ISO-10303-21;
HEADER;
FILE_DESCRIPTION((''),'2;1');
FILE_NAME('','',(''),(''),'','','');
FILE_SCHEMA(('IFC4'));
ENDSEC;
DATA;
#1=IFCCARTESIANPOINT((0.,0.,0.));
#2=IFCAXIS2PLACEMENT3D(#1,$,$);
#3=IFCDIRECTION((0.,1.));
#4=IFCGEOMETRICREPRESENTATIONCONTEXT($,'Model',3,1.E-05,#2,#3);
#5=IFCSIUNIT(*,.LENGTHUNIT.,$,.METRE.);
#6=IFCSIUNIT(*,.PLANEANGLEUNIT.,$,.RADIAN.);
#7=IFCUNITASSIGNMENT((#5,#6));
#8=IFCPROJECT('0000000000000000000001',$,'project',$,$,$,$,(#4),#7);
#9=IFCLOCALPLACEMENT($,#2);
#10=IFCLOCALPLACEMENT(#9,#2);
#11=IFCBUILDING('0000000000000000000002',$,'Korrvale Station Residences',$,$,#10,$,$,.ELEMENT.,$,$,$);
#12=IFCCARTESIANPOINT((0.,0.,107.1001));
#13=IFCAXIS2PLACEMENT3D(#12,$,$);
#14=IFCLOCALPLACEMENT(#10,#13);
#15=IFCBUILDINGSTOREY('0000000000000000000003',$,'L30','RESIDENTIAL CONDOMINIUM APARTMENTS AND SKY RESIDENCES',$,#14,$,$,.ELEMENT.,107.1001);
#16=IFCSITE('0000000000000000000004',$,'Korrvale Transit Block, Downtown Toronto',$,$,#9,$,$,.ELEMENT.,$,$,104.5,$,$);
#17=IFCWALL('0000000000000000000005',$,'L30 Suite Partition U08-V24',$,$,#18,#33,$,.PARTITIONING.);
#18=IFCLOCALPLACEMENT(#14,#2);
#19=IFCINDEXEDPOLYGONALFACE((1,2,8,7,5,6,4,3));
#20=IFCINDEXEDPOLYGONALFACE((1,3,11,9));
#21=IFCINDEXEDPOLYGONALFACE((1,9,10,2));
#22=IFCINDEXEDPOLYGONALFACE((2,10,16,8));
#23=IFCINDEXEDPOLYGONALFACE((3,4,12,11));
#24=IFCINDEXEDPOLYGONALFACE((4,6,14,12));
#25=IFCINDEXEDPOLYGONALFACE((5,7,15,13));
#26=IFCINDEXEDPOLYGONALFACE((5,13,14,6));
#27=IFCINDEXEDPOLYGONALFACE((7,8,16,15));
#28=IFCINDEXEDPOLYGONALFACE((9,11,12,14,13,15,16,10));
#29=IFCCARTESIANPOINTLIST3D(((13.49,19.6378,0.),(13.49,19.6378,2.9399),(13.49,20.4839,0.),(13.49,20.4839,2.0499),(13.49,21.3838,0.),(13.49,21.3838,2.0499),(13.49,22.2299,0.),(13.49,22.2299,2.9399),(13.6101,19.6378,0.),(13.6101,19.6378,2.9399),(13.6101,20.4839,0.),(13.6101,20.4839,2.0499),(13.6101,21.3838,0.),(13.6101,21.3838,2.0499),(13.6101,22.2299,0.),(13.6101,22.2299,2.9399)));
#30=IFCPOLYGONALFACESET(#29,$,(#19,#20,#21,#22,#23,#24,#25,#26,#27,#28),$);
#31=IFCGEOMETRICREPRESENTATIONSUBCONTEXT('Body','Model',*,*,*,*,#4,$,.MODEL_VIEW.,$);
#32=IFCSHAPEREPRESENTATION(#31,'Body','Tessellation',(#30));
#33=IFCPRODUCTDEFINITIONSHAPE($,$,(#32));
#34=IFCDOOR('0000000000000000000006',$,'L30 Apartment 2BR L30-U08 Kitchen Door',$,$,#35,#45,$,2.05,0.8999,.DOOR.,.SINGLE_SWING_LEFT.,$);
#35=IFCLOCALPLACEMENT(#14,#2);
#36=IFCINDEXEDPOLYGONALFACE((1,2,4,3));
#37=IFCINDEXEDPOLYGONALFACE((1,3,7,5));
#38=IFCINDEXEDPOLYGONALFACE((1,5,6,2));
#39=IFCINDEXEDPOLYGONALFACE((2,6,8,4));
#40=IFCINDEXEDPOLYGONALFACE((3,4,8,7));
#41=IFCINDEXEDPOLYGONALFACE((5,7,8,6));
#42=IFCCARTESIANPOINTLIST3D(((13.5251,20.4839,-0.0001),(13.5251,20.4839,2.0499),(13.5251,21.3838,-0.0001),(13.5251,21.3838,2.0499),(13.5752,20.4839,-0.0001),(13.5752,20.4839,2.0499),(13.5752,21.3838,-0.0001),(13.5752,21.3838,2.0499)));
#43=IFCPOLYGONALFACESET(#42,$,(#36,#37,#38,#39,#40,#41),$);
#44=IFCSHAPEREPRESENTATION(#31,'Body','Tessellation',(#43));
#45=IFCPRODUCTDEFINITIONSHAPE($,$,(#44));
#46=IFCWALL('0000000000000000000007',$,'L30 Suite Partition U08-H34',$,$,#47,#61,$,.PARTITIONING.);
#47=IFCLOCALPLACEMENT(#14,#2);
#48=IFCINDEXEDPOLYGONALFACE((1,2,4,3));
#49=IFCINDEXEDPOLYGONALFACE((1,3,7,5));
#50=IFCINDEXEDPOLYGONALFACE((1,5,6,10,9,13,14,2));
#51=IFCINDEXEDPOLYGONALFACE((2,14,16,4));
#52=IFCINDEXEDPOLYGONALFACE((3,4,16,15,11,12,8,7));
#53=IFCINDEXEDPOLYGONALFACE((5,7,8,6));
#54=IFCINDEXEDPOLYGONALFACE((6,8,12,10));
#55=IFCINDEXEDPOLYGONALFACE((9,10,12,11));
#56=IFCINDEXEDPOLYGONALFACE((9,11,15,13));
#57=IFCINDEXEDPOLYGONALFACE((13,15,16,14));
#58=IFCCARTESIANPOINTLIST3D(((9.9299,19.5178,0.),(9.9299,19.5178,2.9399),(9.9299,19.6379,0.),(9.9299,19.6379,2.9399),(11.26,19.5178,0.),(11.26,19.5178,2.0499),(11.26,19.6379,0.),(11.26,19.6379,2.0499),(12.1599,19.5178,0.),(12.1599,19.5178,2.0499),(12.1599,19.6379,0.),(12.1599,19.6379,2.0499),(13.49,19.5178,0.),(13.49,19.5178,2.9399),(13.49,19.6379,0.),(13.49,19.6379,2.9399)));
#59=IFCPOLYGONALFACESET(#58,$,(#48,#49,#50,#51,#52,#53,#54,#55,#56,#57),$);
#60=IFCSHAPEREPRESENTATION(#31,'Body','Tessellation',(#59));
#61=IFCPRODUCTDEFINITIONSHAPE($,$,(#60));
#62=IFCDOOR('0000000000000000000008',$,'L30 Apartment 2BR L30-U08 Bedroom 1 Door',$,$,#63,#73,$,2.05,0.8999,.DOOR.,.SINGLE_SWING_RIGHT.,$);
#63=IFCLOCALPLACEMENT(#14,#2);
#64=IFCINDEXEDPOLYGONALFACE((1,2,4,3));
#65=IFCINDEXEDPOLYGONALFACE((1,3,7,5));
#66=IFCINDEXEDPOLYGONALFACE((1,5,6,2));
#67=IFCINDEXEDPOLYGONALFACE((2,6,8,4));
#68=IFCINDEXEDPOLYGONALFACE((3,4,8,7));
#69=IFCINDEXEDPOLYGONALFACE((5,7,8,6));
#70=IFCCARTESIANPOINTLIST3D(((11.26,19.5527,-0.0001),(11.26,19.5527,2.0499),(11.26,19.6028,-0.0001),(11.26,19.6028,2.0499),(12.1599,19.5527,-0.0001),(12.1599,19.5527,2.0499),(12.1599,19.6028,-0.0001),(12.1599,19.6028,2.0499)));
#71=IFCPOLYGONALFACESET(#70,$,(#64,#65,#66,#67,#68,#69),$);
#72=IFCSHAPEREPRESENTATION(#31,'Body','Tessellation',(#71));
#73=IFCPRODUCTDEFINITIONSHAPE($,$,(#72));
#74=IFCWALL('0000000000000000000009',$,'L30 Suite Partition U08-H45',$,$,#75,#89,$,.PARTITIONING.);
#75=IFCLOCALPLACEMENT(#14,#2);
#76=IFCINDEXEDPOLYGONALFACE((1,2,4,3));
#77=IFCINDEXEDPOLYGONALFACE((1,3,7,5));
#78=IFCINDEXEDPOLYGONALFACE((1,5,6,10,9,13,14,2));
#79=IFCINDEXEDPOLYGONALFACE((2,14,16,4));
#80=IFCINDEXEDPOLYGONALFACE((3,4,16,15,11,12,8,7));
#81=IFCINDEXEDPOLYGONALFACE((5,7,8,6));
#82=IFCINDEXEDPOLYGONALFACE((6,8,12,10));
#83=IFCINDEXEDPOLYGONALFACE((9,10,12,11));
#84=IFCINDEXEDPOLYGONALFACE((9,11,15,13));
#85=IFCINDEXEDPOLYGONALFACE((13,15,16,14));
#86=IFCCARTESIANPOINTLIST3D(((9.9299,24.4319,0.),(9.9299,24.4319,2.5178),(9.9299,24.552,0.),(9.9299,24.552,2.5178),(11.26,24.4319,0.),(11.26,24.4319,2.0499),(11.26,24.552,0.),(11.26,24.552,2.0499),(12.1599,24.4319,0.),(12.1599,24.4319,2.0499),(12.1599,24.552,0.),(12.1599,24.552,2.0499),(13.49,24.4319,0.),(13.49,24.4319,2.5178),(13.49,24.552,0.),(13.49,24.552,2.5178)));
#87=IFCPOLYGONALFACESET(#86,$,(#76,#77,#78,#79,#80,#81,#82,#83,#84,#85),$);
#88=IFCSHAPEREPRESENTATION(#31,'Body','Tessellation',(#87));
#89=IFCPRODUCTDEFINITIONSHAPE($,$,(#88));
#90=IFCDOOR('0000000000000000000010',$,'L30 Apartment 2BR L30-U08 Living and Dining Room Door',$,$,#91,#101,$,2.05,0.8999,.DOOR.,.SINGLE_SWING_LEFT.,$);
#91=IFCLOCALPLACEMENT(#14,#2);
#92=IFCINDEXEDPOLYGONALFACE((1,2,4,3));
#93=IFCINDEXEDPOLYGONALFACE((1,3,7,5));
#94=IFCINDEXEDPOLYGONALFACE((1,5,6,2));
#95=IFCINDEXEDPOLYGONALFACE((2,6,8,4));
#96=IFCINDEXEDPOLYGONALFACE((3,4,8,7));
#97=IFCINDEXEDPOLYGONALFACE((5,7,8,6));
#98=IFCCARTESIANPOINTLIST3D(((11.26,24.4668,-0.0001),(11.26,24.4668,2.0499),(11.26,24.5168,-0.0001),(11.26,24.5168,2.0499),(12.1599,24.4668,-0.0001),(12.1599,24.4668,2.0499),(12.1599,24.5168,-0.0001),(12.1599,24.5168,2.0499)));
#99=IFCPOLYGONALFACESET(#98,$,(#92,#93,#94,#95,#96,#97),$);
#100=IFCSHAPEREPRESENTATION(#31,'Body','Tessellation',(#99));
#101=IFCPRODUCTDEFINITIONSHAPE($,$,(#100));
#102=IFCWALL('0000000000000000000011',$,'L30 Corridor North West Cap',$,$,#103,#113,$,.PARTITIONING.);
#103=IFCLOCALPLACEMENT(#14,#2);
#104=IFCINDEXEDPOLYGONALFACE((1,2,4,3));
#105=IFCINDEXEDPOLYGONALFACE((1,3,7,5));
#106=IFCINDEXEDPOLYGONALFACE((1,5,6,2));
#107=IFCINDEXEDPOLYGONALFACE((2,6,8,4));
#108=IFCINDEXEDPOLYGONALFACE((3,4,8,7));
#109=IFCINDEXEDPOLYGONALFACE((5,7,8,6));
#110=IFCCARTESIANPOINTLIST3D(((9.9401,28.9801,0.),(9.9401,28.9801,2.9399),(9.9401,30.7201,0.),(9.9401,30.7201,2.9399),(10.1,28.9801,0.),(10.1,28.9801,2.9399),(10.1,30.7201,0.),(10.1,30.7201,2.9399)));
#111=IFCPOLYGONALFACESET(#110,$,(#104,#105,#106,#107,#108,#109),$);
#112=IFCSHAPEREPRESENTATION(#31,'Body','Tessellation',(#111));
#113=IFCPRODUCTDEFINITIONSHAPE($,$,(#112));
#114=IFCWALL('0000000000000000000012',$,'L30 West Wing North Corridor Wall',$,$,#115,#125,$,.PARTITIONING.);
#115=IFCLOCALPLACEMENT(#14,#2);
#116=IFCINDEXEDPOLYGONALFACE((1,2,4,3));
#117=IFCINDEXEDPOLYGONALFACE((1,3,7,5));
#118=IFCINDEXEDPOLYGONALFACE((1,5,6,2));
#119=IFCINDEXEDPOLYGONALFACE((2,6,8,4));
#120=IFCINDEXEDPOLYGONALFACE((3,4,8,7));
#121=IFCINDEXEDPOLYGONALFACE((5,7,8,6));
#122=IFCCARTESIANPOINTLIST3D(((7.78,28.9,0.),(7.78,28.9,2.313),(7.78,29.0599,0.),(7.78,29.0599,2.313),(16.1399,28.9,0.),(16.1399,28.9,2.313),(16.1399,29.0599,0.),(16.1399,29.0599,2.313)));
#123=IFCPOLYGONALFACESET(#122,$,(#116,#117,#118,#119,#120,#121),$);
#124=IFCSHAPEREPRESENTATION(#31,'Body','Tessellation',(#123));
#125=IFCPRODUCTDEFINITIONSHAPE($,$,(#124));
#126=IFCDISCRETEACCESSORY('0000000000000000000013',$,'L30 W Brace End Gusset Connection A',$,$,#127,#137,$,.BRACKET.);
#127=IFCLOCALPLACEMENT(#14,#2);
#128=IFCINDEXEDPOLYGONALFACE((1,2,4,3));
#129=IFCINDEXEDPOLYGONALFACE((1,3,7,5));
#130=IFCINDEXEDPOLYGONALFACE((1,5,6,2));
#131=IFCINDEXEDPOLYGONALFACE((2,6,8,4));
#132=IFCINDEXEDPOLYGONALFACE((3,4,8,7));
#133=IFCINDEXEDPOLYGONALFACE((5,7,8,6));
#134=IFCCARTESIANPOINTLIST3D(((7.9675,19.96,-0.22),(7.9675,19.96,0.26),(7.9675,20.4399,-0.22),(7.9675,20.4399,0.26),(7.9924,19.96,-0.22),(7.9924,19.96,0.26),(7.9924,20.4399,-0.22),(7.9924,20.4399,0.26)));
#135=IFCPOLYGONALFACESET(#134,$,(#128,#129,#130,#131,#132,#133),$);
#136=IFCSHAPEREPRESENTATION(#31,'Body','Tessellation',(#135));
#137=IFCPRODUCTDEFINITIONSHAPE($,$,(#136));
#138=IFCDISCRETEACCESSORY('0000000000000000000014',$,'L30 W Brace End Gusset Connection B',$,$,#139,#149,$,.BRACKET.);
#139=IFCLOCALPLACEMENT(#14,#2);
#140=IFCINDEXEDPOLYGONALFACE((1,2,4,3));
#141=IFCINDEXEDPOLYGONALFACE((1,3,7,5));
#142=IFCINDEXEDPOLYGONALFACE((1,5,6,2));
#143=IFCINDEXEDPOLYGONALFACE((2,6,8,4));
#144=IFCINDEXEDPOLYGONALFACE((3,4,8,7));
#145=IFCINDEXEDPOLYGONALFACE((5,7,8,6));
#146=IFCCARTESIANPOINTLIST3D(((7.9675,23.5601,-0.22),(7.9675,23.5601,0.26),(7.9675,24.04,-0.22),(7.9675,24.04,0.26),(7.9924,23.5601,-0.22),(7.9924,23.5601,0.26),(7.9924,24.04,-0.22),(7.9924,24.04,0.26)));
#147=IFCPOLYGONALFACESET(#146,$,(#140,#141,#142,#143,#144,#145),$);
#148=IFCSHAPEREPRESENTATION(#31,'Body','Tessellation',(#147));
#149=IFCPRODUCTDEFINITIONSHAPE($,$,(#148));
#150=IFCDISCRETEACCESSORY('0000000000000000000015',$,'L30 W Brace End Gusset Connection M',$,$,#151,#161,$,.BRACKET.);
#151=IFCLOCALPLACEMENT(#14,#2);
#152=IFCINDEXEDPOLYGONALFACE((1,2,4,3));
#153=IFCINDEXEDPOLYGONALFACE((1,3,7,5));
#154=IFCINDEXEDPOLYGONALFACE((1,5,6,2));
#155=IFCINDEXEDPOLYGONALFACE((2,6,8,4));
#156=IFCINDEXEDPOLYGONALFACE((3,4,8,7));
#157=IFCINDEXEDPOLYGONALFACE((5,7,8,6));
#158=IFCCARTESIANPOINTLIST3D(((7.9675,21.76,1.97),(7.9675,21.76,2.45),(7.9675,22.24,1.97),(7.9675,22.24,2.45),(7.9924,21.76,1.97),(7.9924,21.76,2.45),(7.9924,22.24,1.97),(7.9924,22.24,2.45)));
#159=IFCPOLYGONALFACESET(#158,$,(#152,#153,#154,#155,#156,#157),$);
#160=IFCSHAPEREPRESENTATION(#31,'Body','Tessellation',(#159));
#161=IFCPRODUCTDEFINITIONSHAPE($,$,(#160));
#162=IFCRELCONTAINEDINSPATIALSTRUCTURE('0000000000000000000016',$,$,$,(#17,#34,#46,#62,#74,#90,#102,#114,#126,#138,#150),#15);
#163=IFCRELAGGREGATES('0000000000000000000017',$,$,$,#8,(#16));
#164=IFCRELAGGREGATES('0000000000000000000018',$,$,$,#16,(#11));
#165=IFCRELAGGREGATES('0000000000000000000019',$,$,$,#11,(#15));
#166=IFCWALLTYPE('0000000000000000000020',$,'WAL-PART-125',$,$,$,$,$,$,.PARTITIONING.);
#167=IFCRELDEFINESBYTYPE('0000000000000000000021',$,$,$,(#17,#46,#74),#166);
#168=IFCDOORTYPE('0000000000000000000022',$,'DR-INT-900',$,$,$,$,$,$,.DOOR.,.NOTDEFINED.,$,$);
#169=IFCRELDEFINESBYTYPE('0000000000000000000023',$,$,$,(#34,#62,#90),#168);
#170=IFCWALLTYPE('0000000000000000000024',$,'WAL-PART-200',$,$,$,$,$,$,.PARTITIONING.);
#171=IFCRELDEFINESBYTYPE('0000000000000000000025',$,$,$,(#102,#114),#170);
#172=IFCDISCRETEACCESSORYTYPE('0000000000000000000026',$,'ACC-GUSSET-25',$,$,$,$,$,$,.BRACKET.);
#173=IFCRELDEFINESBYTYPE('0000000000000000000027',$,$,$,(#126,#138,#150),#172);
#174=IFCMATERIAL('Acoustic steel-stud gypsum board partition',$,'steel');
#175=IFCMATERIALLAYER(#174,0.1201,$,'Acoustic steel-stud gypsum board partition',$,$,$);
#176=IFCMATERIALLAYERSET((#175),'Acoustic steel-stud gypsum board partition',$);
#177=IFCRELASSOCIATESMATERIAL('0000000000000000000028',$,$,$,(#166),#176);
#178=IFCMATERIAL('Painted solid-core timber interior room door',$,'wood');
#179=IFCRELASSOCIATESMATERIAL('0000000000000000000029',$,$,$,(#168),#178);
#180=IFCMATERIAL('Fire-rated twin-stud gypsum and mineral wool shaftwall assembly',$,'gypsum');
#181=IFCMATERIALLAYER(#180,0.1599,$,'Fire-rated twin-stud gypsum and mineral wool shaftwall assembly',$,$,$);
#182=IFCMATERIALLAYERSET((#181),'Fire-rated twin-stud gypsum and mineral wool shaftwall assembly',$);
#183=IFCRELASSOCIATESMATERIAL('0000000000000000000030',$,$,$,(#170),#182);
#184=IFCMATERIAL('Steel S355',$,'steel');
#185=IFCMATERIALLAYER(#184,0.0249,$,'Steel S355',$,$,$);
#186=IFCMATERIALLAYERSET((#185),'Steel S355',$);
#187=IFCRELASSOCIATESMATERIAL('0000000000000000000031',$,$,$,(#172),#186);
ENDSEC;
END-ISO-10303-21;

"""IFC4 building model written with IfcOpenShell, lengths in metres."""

from ifc_helpers import new_model, si_unit, direction, frame, frame_2d, origin, origin_2d, place, context, subcontext, project, spatial, rectangle, extrude, material, layer, layer_set, type_object, element, fill, save


model = new_model("IFC4")

# Units and contexts
model_context = context("Model", 3, precision=1e-05, world=origin(), true_north=direction((0.0, 1.0)))
body_context = subcontext(model_context, "Body", "Model", "MODEL_VIEW")
ifc_project = project(units=[si_unit("LENGTHUNIT", "METRE"), si_unit("PLANEANGLEUNIT", "RADIAN")], contexts=[model_context])

# Site, building, storey
site_placement = place(None, origin())
site = spatial("IfcSite", under=ifc_project, at=site_placement, Name="Korrvale Transit Block, Downtown Toronto", CompositionType="ELEMENT", RefElevation=104.5)
building_placement = place(site_placement, origin())
building = spatial("IfcBuilding", under=site, at=building_placement, Name="Korrvale Station Residences", CompositionType="ELEMENT")
storey_placement = place(building_placement, frame((0.0, 0.0, 107.1001)))
storey = spatial("IfcBuildingStorey", under=building, at=storey_placement, Name="L30", Description="RESIDENTIAL CONDOMINIUM APARTMENTS AND SKY RESIDENCES", CompositionType="ELEMENT", Elevation=107.1001)

# Shared definitions
ifc_material_1 = material(Name="Steel S355", Category="steel")

# Walls, openings, doors
ifc_material_2 = material(Name="Acoustic steel-stud gypsum board partition", Category="steel")
ifc_layer_1 = layer(ifc_material_2, 0.1201, Name="Acoustic steel-stud gypsum board partition")
ifc_layer_set_1 = layer_set([ifc_layer_1], Name="Acoustic steel-stud gypsum board partition")
wall_type_1 = type_object("IfcWallType", Name="WAL-PART-125", PredefinedType="PARTITIONING", material=ifc_layer_set_1)
ifc_material_3 = material(Name="Painted solid-core timber interior room door", Category="wood")
door_type = type_object("IfcDoorType", Name="DR-INT-900", OperationType="NOTDEFINED", PredefinedType="DOOR", material=ifc_material_3)
wall_1_placement = place(storey_placement, frame((13.55, 19.6379, 0.0), z_axis=(0.0, 0.0, 1.0), x_axis=(0.0, 1.0, 0.0)))
wall_1 = element("IfcWall", 1, at=wall_1_placement, inside=storey, type_object=wall_type_1, Name="L30 Suite Partition U08-V24", PredefinedType="PARTITIONING", context=body_context, shape_type="SweptSolid", body=[
    extrude(rectangle(XDim=2.592, YDim=0.1201, at=frame_2d((1.2959, 0.0))), origin(), (0.0, 0.0, 1.0), 2.9399),
])
opening_1_placement = place(wall_1_placement, frame((0.8459, 0.0, 0.0)))
opening_1 = element("IfcOpeningElement", 2, at=opening_1_placement, cuts=wall_1, PredefinedType="OPENING", context=body_context, shape_type="SweptSolid", body=[
    extrude(rectangle(XDim=0.8999, YDim=2.05, at=frame_2d((0.45, 1.0249))), frame((0.0, 0.0701, 0.0), z_axis=(0.0, -1.0, 0.0), x_axis=(1.0, 0.0, 0.0)), (0.0, 0.0, 1.0), 0.1401),
])
door_1_placement = place(opening_1_placement, origin())
door_1 = element("IfcDoor", 3, at=door_1_placement, inside=storey, type_object=door_type, Name="L30 Apartment 2BR L30-U08 Kitchen Door", OperationType="SINGLE_SWING_LEFT", OverallHeight=2.05, OverallWidth=0.8999, PredefinedType="DOOR", context=body_context, shape_type="SweptSolid", body=[
    extrude(rectangle(XDim=0.8999, YDim=2.05, at=frame_2d((0.45, 1.0249))), frame((0.0, 0.0249, 0.0), z_axis=(0.0, -1.0, 0.0), x_axis=(1.0, 0.0, 0.0)), (0.0, 0.0, 1.0), 0.05),
])
fill(opening_1, door_1)
wall_2_placement = place(storey_placement, frame((9.9299, 19.5779, 0.0), z_axis=(0.0, 0.0, 1.0), x_axis=(1.0, 0.0, 0.0)))
wall_2 = element("IfcWall", 4, at=wall_2_placement, inside=storey, type_object=wall_type_1, Name="L30 Suite Partition U08-H34", PredefinedType="PARTITIONING", context=body_context, shape_type="SweptSolid", body=[
    extrude(rectangle(XDim=3.5601, YDim=0.1201, at=frame_2d((1.78, 0.0))), origin(), (0.0, 0.0, 1.0), 2.9399),
])
opening_2_placement = place(wall_2_placement, frame((1.3301, 0.0, 0.0)))
opening_2 = element("IfcOpeningElement", 5, at=opening_2_placement, cuts=wall_2, PredefinedType="OPENING", context=body_context, shape_type="SweptSolid", body=[
    extrude(rectangle(XDim=0.8999, YDim=2.05, at=frame_2d((0.45, 1.0249))), frame((0.0, 0.0701, 0.0), z_axis=(0.0, -1.0, 0.0), x_axis=(1.0, 0.0, 0.0)), (0.0, 0.0, 1.0), 0.1401),
])
door_2_placement = place(opening_2_placement, origin())
door_2 = element("IfcDoor", 6, at=door_2_placement, inside=storey, type_object=door_type, Name="L30 Apartment 2BR L30-U08 Bedroom 1 Door", OperationType="SINGLE_SWING_RIGHT", OverallHeight=2.05, OverallWidth=0.8999, PredefinedType="DOOR", context=body_context, shape_type="SweptSolid", body=[
    extrude(rectangle(XDim=0.8999, YDim=2.05, at=frame_2d((0.45, 1.0249))), frame((0.0, 0.0249, 0.0), z_axis=(0.0, -1.0, 0.0), x_axis=(1.0, 0.0, 0.0)), (0.0, 0.0, 1.0), 0.05),
])
fill(opening_2, door_2)
wall_3_placement = place(storey_placement, frame((9.9299, 24.4919, 0.0), z_axis=(0.0, 0.0, 1.0), x_axis=(1.0, 0.0, 0.0)))
wall_3 = element("IfcWall", 7, at=wall_3_placement, inside=storey, type_object=wall_type_1, Name="L30 Suite Partition U08-H45", PredefinedType="PARTITIONING", context=body_context, shape_type="SweptSolid", body=[
    extrude(rectangle(XDim=3.5601, YDim=0.1201, at=frame_2d((1.78, 0.0))), origin(), (0.0, 0.0, 1.0), 2.5178),
])
opening_3_placement = place(wall_3_placement, frame((1.3301, 0.0, 0.0)))
opening_3 = element("IfcOpeningElement", 8, at=opening_3_placement, cuts=wall_3, PredefinedType="OPENING", context=body_context, shape_type="SweptSolid", body=[
    extrude(rectangle(XDim=0.8999, YDim=2.05, at=frame_2d((0.45, 1.0249))), frame((0.0, 0.0701, 0.0), z_axis=(0.0, -1.0, 0.0), x_axis=(1.0, 0.0, 0.0)), (0.0, 0.0, 1.0), 0.1401),
])
door_3_placement = place(opening_3_placement, origin())
door_3 = element("IfcDoor", 9, at=door_3_placement, inside=storey, type_object=door_type, Name="L30 Apartment 2BR L30-U08 Living and Dining Room Door", OperationType="SINGLE_SWING_LEFT", OverallHeight=2.05, OverallWidth=0.8999, PredefinedType="DOOR", context=body_context, shape_type="SweptSolid", body=[
    extrude(rectangle(XDim=0.8999, YDim=2.05, at=frame_2d((0.45, 1.0249))), frame((0.0, 0.0249, 0.0), z_axis=(0.0, -1.0, 0.0), x_axis=(1.0, 0.0, 0.0)), (0.0, 0.0, 1.0), 0.05),
])
fill(opening_3, door_3)

# Walls
ifc_material_4 = material(Name="Fire-rated twin-stud gypsum and mineral wool shaftwall assembly", Category="gypsum")
ifc_layer_2 = layer(ifc_material_4, 0.1599, Name="Fire-rated twin-stud gypsum and mineral wool shaftwall assembly")
ifc_layer_set_2 = layer_set([ifc_layer_2], Name="Fire-rated twin-stud gypsum and mineral wool shaftwall assembly")
wall_type_2 = type_object("IfcWallType", Name="WAL-PART-200", PredefinedType="PARTITIONING", material=ifc_layer_set_2)
wall_4_placement = place(storey_placement, frame((10.02, 28.98, 0.0), z_axis=(0.0, 0.0, 1.0), x_axis=(0.0, 1.0, 0.0)))
element("IfcWall", 10, at=wall_4_placement, inside=storey, type_object=wall_type_2, Name="L30 Corridor North West Cap", PredefinedType="PARTITIONING", context=body_context, shape_type="SweptSolid", body=[
    extrude(rectangle(XDim=1.74, YDim=0.1599, at=frame_2d((0.8701, 0.0))), origin(), (0.0, 0.0, 1.0), 2.9399),
])
wall_5_placement = place(storey_placement, frame((7.78, 28.98, 0.0), z_axis=(0.0, 0.0, 1.0), x_axis=(1.0, 0.0, 0.0)))
element("IfcWall", 11, at=wall_5_placement, inside=storey, type_object=wall_type_2, Name="L30 West Wing North Corridor Wall", PredefinedType="PARTITIONING", context=body_context, shape_type="SweptSolid", body=[
    extrude(rectangle(XDim=8.3599, YDim=0.1599, at=frame_2d((4.1799, 0.0))), origin(), (0.0, 0.0, 1.0), 2.313),
])

# Discrete accessories
ifc_layer_3 = layer(ifc_material_1, 0.0249, Name="Steel S355")
ifc_layer_set_3 = layer_set([ifc_layer_3], Name="Steel S355")
discrete_accessory_type = type_object("IfcDiscreteAccessoryType", Name="ACC-GUSSET-25", PredefinedType="BRACKET", material=ifc_layer_set_3)
for number, where, z_axis, x_axis, name in (
    (12, (7.98, 20.2, -0.22), (0.0, 0.0, 1.0), (0.0, 1.0, 0.0), "L30 W Brace End Gusset Connection A"),
    (13, (7.98, 23.8, -0.22), (0.0, 0.0, 1.0), (0.0, 1.0, 0.0), "L30 W Brace End Gusset Connection B"),
    (14, (7.98, 22.0, 1.97), (0.0, 0.0, 1.0), (0.0, 1.0, 0.0), "L30 W Brace End Gusset Connection M"),
):
    element("IfcDiscreteAccessory", number, at=place(storey_placement, frame(where, z_axis=z_axis, x_axis=x_axis)), inside=storey, type_object=discrete_accessory_type, Name=name, PredefinedType="BRACKET", context=body_context, shape_type="SweptSolid", body=[
        extrude(rectangle(XDim=0.48, YDim=0.0249, at=origin_2d()), origin(), (0.0, 0.0, 1.0), 0.48),
    ])

save(model, "model.ifc")
